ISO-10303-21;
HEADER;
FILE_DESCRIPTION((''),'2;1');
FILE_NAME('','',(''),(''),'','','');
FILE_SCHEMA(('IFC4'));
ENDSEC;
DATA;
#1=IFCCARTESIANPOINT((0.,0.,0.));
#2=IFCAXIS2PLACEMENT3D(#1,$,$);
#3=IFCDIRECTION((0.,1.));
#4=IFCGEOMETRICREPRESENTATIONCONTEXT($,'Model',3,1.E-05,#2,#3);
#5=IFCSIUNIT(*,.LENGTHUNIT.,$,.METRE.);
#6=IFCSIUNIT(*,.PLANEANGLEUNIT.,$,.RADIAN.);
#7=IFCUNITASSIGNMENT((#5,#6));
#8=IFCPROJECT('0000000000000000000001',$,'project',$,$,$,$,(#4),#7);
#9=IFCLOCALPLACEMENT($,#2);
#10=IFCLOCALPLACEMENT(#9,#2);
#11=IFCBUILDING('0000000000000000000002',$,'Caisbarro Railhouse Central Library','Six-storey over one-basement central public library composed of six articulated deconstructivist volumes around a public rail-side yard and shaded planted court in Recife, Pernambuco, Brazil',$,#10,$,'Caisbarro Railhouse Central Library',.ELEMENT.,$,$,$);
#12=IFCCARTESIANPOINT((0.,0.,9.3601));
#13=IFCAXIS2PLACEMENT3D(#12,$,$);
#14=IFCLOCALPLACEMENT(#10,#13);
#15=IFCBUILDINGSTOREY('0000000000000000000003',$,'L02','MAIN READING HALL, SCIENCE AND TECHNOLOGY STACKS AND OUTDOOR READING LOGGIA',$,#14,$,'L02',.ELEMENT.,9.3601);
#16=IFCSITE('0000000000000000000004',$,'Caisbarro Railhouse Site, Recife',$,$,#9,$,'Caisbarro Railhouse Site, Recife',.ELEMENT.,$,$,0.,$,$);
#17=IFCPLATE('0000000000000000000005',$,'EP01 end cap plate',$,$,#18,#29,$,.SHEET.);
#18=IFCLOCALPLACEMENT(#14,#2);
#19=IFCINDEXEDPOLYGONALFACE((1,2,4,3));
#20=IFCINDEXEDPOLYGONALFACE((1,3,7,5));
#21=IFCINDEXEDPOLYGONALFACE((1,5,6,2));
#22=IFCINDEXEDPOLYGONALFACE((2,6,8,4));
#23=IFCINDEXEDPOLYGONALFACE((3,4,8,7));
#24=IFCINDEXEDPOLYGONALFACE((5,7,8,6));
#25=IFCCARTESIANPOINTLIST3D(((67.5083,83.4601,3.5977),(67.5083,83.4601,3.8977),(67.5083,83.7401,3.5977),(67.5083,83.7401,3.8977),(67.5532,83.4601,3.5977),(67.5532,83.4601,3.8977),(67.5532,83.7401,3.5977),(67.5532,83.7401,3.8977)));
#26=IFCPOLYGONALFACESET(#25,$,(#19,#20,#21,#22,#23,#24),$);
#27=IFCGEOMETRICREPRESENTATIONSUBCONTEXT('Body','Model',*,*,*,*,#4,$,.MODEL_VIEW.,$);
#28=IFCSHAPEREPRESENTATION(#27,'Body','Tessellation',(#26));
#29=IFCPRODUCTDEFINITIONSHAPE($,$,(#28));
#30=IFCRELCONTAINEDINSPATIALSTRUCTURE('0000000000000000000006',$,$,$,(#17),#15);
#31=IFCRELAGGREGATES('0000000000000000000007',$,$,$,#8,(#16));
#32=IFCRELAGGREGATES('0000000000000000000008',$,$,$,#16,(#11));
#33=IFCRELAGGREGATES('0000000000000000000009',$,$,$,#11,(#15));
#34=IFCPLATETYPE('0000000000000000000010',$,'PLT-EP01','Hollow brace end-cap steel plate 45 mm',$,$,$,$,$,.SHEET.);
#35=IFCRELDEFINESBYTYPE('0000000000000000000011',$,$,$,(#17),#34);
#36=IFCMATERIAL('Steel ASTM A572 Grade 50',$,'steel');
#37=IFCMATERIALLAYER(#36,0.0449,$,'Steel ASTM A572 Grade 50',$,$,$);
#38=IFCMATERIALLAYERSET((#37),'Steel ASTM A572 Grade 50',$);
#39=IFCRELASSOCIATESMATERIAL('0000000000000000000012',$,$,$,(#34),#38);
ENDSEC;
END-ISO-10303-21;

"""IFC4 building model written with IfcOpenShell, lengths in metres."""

from ifc_helpers import new_model, si_unit, direction, frame, origin, origin_2d, place, context, subcontext, project, spatial, rectangle, extrude, material, layer, layer_set, type_object, element, save


model = new_model("IFC4")

# Units and contexts
model_context = context("Model", 3, precision=1e-05, world=origin(), true_north=direction((0.0, 1.0)))
body_context = subcontext(model_context, "Body", "Model", "MODEL_VIEW")
ifc_project = project(units=[si_unit("LENGTHUNIT", "METRE"), si_unit("PLANEANGLEUNIT", "RADIAN")], contexts=[model_context])

# Site, building, storey
site_placement = place(None, origin())
site = spatial("IfcSite", under=ifc_project, at=site_placement, Name="Caisbarro Railhouse Site, Recife", LongName="Caisbarro Railhouse Site, Recife", CompositionType="ELEMENT", RefElevation=0.0)
building_placement = place(site_placement, origin())
building = spatial("IfcBuilding", under=site, at=building_placement, Name="Caisbarro Railhouse Central Library", Description="Six-storey over one-basement central public library composed of six articulated deconstructivist volumes around a public rail-side yard and shaded planted court in Recife, Pernambuco, Brazil", LongName="Caisbarro Railhouse Central Library", CompositionType="ELEMENT")
storey_placement = place(building_placement, frame((0.0, 0.0, 9.3601)))
storey = spatial("IfcBuildingStorey", under=building, at=storey_placement, Name="L02", Description="MAIN READING HALL, SCIENCE AND TECHNOLOGY STACKS AND OUTDOOR READING LOGGIA", LongName="L02", CompositionType="ELEMENT", Elevation=9.3601)

# Shared definitions
ifc_material_1 = material(Name="Steel ASTM A572 Grade 50", Category="steel")

# Plate
ifc_layer_1 = layer(ifc_material_1, 0.0449, Name="Steel ASTM A572 Grade 50")
ifc_layer_set_1 = layer_set([ifc_layer_1], Name="Steel ASTM A572 Grade 50")
plate_type_1 = type_object("IfcPlateType", Name="PLT-EP01", Description="Hollow brace end-cap steel plate 45 mm", PredefinedType="SHEET", material=ifc_layer_set_1)
for number, where, z_axis, x_axis, name in (
    (1, (67.5308, 83.6001, 3.5977), (0.0, 0.0, 1.0), (-1.0, 0.0, 0.0), "EP01 end cap plate"),
):
    element("IfcPlate", number, at=place(storey_placement, frame(where, z_axis=z_axis, x_axis=x_axis)), inside=storey, type_object=plate_type_1, Name=name, PredefinedType="SHEET", context=body_context, shape_type="SweptSolid", body=[
        extrude(rectangle(XDim=0.0449, YDim=0.28, at=origin_2d()), origin(), (0.0, 0.0, 1.0), 0.3),
    ])

save(model, "model.ifc")
